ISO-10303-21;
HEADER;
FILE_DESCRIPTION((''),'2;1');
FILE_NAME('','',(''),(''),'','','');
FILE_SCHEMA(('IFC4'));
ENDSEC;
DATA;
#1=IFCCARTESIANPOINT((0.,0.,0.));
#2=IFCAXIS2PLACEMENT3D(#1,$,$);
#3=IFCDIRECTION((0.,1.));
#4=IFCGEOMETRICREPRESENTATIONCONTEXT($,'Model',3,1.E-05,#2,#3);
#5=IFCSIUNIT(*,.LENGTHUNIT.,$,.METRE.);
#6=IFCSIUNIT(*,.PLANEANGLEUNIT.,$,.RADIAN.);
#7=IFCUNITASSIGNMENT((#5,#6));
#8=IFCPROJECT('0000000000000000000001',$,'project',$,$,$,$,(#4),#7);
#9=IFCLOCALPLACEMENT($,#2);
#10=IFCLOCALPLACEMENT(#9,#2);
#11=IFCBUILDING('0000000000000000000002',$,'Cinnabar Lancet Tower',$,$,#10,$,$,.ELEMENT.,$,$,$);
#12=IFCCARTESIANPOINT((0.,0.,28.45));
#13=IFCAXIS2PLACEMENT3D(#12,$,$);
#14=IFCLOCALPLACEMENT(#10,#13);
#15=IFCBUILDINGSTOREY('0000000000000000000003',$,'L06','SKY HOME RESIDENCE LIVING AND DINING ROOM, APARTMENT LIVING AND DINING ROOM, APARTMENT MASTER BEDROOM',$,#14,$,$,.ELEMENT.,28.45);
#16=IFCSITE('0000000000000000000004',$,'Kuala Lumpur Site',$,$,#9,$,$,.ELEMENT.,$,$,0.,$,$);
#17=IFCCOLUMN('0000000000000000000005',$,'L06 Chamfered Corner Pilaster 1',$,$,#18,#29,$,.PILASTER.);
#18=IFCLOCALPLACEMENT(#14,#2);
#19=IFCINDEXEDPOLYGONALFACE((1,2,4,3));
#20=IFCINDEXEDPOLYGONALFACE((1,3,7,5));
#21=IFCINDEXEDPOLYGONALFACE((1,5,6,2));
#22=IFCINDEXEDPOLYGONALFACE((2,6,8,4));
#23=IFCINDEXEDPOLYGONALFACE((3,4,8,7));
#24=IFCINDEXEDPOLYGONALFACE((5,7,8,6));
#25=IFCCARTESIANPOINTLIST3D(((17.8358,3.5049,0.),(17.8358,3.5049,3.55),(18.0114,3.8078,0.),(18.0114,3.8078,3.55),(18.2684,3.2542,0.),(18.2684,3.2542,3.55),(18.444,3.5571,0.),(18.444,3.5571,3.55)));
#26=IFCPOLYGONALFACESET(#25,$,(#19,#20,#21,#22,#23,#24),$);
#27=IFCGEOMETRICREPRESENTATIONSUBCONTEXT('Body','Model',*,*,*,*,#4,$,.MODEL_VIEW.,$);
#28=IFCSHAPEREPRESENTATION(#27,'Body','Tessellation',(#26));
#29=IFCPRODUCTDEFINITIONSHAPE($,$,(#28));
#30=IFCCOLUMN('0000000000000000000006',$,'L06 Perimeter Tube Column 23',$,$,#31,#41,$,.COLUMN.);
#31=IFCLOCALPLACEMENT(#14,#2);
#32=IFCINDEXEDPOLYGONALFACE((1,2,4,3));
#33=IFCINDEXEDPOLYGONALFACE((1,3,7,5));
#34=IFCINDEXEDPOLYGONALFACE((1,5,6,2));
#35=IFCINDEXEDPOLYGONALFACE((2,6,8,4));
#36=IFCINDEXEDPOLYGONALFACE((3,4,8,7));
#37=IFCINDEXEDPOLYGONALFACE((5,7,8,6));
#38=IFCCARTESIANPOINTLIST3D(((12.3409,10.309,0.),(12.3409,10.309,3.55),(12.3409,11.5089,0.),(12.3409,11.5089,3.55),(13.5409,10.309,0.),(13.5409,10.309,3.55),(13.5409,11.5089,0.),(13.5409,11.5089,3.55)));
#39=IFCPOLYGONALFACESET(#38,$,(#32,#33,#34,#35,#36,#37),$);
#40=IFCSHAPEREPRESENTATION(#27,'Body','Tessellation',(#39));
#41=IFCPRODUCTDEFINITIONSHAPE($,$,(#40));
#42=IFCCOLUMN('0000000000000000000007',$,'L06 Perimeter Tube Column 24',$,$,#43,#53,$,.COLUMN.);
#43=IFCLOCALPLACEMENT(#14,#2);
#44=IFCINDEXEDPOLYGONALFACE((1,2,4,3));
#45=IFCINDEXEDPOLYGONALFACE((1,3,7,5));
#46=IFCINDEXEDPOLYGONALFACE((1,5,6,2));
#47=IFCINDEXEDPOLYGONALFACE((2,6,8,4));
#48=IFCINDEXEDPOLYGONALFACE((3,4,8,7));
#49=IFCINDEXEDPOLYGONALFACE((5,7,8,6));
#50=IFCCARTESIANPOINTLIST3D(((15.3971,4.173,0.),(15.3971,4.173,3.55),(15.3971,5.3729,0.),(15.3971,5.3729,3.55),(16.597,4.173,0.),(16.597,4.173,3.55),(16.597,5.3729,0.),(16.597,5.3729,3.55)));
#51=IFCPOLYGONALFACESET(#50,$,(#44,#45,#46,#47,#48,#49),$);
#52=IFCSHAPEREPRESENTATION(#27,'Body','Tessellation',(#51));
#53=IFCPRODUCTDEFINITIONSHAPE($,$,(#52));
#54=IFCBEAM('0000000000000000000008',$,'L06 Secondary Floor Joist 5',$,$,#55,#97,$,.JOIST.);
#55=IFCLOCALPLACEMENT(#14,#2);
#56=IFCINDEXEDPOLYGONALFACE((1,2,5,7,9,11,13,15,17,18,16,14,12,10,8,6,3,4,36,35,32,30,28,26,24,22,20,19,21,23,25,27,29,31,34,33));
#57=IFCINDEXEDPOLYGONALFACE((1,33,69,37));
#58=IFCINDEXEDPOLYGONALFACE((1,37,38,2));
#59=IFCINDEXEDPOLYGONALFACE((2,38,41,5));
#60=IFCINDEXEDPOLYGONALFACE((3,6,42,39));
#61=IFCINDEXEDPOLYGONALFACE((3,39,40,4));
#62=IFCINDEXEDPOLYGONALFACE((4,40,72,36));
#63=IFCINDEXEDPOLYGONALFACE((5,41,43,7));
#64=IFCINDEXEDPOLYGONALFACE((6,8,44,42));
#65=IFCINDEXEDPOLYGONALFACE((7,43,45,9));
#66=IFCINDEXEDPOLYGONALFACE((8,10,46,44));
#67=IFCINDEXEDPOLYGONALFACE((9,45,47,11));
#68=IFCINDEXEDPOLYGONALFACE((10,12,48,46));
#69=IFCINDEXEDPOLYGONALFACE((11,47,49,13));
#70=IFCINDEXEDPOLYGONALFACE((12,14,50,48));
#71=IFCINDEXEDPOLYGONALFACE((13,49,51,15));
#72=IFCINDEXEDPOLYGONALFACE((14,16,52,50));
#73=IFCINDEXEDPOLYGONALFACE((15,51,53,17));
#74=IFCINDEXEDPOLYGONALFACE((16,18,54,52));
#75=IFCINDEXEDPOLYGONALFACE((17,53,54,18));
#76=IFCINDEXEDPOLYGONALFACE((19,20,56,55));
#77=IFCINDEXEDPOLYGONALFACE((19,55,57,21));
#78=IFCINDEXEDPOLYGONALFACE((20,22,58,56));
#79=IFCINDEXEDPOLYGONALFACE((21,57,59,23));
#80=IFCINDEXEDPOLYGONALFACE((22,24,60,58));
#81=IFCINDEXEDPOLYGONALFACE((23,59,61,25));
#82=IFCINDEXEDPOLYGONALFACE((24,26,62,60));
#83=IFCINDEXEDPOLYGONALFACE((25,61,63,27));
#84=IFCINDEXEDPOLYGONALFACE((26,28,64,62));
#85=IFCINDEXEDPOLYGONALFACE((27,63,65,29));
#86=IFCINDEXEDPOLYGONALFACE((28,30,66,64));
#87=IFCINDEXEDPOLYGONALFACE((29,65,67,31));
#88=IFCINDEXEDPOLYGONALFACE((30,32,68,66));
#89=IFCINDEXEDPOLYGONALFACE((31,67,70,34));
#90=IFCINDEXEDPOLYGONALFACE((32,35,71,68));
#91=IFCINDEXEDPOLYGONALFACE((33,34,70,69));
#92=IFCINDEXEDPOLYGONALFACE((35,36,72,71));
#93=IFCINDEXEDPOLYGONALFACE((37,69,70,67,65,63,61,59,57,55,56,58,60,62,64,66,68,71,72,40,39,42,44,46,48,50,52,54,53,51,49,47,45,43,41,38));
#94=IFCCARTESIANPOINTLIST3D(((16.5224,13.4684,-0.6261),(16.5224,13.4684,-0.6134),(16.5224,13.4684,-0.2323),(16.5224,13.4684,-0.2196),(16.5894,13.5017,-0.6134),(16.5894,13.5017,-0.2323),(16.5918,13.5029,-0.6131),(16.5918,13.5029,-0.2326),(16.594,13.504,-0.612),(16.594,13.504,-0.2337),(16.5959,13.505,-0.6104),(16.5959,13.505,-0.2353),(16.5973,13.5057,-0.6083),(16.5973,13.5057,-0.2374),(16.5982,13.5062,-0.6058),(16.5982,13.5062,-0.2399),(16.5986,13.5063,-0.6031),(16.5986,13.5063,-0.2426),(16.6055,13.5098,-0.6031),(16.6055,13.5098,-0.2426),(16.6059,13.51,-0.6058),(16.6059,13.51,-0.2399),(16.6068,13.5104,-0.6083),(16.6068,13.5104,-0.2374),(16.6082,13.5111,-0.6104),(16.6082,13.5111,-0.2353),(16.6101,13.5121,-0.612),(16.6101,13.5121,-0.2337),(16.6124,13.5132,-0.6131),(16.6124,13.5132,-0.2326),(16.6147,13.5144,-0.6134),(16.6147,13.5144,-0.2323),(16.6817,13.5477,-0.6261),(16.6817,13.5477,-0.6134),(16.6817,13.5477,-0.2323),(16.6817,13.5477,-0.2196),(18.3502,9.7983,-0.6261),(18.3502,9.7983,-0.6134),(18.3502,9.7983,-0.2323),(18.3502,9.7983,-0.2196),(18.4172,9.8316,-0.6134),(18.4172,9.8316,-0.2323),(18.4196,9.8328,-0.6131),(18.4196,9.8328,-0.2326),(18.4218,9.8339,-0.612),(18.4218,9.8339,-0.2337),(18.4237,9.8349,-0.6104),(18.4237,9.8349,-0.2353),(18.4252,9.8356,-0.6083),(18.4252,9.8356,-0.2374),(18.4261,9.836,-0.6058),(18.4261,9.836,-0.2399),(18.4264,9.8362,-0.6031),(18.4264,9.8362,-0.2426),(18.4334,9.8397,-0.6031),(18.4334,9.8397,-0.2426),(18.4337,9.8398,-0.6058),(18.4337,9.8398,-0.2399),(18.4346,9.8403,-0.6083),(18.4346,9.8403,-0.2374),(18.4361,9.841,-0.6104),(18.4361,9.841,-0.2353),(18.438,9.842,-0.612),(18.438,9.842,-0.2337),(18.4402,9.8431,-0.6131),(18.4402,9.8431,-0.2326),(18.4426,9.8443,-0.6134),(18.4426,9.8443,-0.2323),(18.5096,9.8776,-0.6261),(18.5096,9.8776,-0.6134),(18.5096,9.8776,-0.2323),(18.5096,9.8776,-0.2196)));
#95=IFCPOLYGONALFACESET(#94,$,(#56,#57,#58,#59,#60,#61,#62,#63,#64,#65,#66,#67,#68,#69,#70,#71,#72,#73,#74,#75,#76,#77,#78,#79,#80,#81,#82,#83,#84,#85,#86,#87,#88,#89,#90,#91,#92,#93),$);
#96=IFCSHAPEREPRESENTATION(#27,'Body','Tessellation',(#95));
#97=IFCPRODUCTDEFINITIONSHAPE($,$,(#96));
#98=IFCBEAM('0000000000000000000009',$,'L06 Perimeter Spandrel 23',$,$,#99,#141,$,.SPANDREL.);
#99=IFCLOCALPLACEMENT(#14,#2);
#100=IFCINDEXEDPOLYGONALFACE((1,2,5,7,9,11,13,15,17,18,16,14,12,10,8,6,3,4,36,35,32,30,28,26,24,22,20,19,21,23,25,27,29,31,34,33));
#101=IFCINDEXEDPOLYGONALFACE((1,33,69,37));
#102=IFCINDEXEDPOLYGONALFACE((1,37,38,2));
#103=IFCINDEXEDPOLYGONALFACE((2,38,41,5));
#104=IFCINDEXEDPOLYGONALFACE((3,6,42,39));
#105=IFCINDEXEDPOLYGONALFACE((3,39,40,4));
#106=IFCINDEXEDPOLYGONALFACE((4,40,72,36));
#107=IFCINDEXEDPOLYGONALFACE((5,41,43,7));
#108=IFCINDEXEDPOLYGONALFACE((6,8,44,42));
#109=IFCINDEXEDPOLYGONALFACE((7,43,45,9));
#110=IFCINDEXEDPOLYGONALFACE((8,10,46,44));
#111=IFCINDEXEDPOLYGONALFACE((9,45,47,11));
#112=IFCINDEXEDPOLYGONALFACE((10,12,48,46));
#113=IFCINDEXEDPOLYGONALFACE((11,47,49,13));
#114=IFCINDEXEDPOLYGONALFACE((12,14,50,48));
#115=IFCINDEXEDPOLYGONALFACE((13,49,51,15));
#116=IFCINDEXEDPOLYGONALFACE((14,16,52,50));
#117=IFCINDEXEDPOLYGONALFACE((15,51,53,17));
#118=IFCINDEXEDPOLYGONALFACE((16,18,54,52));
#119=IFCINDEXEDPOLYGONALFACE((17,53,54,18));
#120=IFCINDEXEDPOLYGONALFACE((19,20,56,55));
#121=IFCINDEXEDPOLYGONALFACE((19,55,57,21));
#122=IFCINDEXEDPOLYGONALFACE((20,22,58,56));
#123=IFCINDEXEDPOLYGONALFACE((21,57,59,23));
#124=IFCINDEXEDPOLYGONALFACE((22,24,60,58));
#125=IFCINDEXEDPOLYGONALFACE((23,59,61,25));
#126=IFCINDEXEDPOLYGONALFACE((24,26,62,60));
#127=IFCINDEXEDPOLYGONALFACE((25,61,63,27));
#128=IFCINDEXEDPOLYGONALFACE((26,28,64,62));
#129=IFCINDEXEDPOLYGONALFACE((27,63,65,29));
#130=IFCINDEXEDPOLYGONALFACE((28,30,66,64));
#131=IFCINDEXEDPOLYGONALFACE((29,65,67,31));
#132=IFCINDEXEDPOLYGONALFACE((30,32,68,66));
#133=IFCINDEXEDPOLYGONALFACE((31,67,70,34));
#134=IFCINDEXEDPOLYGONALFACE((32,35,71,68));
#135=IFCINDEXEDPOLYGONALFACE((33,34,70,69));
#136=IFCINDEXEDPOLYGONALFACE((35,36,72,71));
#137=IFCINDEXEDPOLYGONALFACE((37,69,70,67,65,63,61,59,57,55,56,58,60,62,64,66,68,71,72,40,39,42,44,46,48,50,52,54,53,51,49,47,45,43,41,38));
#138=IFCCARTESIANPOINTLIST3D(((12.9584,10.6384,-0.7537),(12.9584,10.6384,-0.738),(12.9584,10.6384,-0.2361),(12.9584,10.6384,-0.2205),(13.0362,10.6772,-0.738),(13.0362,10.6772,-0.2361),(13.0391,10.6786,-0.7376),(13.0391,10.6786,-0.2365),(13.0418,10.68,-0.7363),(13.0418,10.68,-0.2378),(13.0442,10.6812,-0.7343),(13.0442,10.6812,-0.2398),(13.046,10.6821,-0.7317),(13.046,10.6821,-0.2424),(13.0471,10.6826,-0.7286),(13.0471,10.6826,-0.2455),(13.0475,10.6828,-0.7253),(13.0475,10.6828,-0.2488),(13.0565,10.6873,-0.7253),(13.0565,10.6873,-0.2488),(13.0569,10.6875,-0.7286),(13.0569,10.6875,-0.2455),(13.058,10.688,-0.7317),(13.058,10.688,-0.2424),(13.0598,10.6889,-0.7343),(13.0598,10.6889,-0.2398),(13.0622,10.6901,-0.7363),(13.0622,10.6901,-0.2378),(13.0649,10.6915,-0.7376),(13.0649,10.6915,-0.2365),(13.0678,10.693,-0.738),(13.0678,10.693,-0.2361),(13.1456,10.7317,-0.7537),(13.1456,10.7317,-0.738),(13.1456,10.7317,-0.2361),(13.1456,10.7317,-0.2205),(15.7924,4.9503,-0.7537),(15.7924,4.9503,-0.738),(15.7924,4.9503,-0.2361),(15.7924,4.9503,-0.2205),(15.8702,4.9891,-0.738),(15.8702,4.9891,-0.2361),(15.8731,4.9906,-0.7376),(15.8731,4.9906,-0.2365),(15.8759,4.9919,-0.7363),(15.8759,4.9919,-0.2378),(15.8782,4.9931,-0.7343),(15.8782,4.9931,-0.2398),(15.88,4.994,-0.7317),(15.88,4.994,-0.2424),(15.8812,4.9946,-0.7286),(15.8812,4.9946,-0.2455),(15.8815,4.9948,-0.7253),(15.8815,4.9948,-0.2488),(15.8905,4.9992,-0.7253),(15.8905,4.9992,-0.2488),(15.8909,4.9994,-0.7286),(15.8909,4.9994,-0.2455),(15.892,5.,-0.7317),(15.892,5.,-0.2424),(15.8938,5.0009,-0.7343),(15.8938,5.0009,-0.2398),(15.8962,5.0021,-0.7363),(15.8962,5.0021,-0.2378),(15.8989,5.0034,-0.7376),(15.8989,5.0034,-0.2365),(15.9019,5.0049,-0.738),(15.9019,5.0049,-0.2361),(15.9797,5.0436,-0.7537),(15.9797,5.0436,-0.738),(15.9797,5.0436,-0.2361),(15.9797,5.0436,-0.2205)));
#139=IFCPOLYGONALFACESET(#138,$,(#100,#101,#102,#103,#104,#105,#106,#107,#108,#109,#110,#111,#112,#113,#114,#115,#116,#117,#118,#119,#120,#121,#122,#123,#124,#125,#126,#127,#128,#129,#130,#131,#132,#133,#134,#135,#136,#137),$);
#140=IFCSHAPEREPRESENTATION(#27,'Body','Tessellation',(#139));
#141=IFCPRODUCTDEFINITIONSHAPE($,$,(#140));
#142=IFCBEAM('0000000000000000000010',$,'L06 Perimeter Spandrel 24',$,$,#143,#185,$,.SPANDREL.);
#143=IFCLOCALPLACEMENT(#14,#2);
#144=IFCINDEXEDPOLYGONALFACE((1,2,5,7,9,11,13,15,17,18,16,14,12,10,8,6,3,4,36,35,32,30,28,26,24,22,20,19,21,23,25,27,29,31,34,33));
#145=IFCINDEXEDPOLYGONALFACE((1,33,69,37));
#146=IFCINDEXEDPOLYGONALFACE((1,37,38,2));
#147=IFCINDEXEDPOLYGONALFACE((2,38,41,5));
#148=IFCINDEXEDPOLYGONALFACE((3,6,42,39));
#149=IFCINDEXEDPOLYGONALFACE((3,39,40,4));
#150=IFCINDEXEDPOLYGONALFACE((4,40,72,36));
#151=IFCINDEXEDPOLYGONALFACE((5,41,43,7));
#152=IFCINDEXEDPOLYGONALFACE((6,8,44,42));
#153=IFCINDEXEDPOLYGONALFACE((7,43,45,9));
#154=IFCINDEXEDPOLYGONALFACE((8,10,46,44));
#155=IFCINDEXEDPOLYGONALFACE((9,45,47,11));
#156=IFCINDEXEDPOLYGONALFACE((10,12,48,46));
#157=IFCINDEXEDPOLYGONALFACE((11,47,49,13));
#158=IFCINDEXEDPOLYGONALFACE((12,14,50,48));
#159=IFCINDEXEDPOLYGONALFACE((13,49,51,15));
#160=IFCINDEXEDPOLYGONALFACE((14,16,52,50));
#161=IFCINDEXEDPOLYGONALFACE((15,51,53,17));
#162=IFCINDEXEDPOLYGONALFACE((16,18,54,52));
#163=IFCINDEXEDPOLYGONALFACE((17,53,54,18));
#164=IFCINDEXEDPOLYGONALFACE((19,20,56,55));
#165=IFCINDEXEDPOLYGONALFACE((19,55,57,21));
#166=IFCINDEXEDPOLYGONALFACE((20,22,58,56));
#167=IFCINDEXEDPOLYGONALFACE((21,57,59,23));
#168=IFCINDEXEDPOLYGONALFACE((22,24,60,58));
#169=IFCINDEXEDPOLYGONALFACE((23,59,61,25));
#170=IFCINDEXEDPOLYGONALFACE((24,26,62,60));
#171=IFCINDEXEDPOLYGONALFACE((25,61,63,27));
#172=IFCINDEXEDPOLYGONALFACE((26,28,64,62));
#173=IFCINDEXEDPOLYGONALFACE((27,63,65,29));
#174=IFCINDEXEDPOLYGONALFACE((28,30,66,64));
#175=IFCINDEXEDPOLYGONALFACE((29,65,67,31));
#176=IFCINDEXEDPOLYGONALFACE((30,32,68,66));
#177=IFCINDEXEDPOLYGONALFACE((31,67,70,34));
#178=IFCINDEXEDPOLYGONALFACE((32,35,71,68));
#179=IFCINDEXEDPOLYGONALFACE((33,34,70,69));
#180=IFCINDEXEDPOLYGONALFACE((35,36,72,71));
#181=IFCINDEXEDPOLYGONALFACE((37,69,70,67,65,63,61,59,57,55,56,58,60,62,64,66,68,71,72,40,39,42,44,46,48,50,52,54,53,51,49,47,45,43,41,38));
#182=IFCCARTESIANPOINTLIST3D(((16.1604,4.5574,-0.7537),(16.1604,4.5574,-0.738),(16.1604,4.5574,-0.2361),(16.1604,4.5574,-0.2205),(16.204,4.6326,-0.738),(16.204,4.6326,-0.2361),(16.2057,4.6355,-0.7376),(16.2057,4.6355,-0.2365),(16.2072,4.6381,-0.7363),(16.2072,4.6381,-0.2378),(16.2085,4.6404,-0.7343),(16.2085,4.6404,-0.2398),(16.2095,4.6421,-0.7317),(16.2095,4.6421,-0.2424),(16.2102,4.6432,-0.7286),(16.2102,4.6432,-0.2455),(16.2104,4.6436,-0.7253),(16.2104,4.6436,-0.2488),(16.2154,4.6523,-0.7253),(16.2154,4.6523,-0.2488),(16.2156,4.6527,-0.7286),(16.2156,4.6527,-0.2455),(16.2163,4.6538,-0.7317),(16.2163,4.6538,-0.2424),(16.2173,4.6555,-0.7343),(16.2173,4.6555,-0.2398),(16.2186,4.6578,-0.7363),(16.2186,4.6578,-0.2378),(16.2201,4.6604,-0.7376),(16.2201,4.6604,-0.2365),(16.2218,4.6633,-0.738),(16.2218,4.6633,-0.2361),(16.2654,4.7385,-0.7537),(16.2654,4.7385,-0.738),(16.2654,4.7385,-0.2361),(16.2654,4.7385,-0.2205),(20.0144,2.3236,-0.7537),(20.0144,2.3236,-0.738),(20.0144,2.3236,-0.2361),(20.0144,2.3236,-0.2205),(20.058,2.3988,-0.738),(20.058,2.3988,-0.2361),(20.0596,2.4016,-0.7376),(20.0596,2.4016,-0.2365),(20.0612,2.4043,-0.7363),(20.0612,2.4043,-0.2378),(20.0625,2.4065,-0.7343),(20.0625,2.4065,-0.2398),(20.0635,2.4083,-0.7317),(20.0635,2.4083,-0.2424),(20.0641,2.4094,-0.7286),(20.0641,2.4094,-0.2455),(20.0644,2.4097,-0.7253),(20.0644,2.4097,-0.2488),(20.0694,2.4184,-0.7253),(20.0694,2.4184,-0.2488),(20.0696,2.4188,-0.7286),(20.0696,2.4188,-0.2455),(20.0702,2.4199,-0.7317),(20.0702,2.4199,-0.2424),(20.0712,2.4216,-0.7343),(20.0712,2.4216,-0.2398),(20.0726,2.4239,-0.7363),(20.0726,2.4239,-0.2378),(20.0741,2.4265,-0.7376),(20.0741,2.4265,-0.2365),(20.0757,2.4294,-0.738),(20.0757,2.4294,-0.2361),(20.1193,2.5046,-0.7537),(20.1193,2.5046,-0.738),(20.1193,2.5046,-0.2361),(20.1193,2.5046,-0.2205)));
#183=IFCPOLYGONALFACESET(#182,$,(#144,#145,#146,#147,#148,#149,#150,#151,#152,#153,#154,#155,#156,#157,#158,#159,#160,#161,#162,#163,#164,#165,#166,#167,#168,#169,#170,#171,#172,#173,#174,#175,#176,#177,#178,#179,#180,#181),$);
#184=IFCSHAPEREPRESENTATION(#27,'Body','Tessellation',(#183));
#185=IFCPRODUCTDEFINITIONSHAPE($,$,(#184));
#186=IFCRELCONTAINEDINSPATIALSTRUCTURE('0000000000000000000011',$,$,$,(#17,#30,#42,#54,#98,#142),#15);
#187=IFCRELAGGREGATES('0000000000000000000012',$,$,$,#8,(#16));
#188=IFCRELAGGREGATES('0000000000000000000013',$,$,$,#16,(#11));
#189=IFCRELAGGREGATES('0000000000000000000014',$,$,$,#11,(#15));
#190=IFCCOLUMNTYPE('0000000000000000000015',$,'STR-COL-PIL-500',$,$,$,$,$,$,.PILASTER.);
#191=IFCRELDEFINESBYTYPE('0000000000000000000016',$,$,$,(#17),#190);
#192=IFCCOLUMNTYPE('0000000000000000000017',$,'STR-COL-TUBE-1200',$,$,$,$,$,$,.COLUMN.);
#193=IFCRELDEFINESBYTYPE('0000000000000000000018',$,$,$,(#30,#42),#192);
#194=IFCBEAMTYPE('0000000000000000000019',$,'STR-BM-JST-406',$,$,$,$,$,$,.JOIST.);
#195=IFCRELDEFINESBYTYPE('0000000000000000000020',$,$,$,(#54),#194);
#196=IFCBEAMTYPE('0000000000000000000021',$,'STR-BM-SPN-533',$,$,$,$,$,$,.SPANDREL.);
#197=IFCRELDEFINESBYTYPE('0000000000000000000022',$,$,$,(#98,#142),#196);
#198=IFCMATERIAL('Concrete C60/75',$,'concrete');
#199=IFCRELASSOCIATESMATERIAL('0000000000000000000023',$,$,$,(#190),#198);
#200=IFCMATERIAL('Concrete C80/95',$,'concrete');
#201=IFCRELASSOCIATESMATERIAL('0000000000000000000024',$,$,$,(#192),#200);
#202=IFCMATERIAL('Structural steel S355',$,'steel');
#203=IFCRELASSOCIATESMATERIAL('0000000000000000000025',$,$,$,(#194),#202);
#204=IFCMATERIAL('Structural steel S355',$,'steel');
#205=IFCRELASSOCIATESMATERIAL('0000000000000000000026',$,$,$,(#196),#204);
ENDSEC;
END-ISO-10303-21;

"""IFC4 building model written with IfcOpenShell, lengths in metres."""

from ifc_helpers import new_model, si_unit, direction, frame, origin, origin_2d, place, context, subcontext, project, spatial, rectangle, i_section, extrude, material, material_profile, profile_set, type_object, element, save


model = new_model("IFC4")

# Units and contexts
model_context = context("Model", 3, precision=1e-05, world=origin(), true_north=direction((0.0, 1.0)))
body_context = subcontext(model_context, "Body", "Model", "MODEL_VIEW")
ifc_project = project(units=[si_unit("LENGTHUNIT", "METRE"), si_unit("PLANEANGLEUNIT", "RADIAN")], contexts=[model_context])

# Site, building, storey
site_placement = place(None, origin())
site = spatial("IfcSite", under=ifc_project, at=site_placement, Name="Kuala Lumpur Site", CompositionType="ELEMENT", RefElevation=0.0)
building_placement = place(site_placement, origin())
building = spatial("IfcBuilding", under=site, at=building_placement, Name="Cinnabar Lancet Tower", CompositionType="ELEMENT")
storey_placement = place(building_placement, frame((0.0, 0.0, 28.45)))
storey = spatial("IfcBuildingStorey", under=building, at=storey_placement, Name="L06", Description="SKY HOME RESIDENCE LIVING AND DINING ROOM, APARTMENT LIVING AND DINING ROOM, APARTMENT MASTER BEDROOM", CompositionType="ELEMENT", Elevation=28.45)

# Columns
ifc_material_1 = material(Name="Concrete C60/75", Category="concrete")
ifc_material_profile_1 = material_profile(ifc_material_1, rectangle(XDim=0.5, YDim=0.3501, at=origin_2d()), Name="RC-PIL 500x350")
ifc_profile_set_1 = profile_set([ifc_material_profile_1], Name="Concrete C60/75")
column_type_1 = type_object("IfcColumnType", Name="STR-COL-PIL-500", PredefinedType="PILASTER", material=ifc_profile_set_1)
column_placement = place(storey_placement, frame((18.1399, 3.531, 0.0), z_axis=(0.0, 0.0, 1.0), x_axis=(0.865195, -0.501435, 0.0)))
element("IfcColumn", 1, at=column_placement, inside=storey, type_object=column_type_1, Name="L06 Chamfered Corner Pilaster 1", PredefinedType="PILASTER", context=body_context, shape_type="SweptSolid", body=[
    extrude(rectangle(XDim=0.5, YDim=0.3501, at=origin_2d()), origin(), (0.0, 0.0, 1.0), 3.55),
])
ifc_material_2 = material(Name="Concrete C80/95", Category="concrete")
ifc_material_profile_2 = material_profile(ifc_material_2, rectangle(XDim=1.2, YDim=1.2, at=origin_2d()), Name="RC-COL 1200x1200")
ifc_profile_set_2 = profile_set([ifc_material_profile_2], Name="Concrete C80/95")
column_type_2 = type_object("IfcColumnType", Name="STR-COL-TUBE-1200", PredefinedType="COLUMN", material=ifc_profile_set_2)
for number, where, z_axis, x_axis, name in (
    (2, (12.9409, 10.9089, 0.0), (0.0, 0.0, 1.0), (1.0, 0.0, 0.0), "L06 Perimeter Tube Column 23"),
    (3, (15.9971, 4.7729, 0.0), (0.0, 0.0, 1.0), (1.0, 0.0, 0.0), "L06 Perimeter Tube Column 24"),
):
    element("IfcColumn", number, at=place(storey_placement, frame(where, z_axis=z_axis, x_axis=x_axis)), inside=storey, type_object=column_type_2, Name=name, PredefinedType="COLUMN", context=body_context, shape_type="SweptSolid", body=[
        extrude(rectangle(XDim=1.2, YDim=1.2, at=origin_2d()), origin(), (0.0, 0.0, 1.0), 3.55),
    ])

# Beams
ifc_material_3 = material(Name="Structural steel S355", Category="steel")
ifc_material_profile_3 = material_profile(ifc_material_3, i_section(OverallWidth=0.178, OverallDepth=0.4065, WebThickness=0.0078, FlangeThickness=0.0127, FilletRadius=0.0103, at=origin_2d()), Name="UKB 406x178x60")
ifc_profile_set_3 = profile_set([ifc_material_profile_3], Name="Structural steel S355")
beam_type_1 = type_object("IfcBeamType", Name="STR-BM-JST-406", PredefinedType="JOIST", material=ifc_profile_set_3)
beam_1_placement = place(storey_placement, frame((16.6021, 13.5081, -0.4229), z_axis=(0.445808, -0.895129, 0.0), x_axis=(0.895129, 0.445808, 0.0)))
element("IfcBeam", 4, at=beam_1_placement, inside=storey, type_object=beam_type_1, Name="L06 Secondary Floor Joist 5", PredefinedType="JOIST", context=body_context, shape_type="SweptSolid", body=[
    extrude(i_section(OverallWidth=0.178, OverallDepth=0.4065, WebThickness=0.0078, FlangeThickness=0.0127, FilletRadius=0.0103, at=origin_2d()), origin(), (0.0, 0.0, 1.0), 4.1001),
])
ifc_material_4 = material(Name="Structural steel S355", Category="steel")
ifc_material_profile_4 = material_profile(ifc_material_4, i_section(OverallWidth=0.2092, OverallDepth=0.5332, WebThickness=0.01, FlangeThickness=0.0156, FilletRadius=0.0127, at=origin_2d()), Name="UKB 533x210x92")
ifc_profile_set_4 = profile_set([ifc_material_profile_4], Name="Structural steel S355")
beam_type_2 = type_object("IfcBeamType", Name="STR-BM-SPN-533", PredefinedType="SPANDREL", material=ifc_profile_set_4)
beam_2_placement = place(storey_placement, frame((13.052, 10.6851, -0.4871), z_axis=(0.445953, -0.895056, 0.0), x_axis=(0.895056, 0.445953, 0.0)))
element("IfcBeam", 5, at=beam_2_placement, inside=storey, type_object=beam_type_2, Name="L06 Perimeter Spandrel 23", PredefinedType="SPANDREL", context=body_context, shape_type="SweptSolid", body=[
    extrude(i_section(OverallWidth=0.2092, OverallDepth=0.5332, WebThickness=0.01, FlangeThickness=0.0156, FilletRadius=0.0127, at=origin_2d()), origin(), (0.0, 0.0, 1.0), 6.355),
])
beam_3_placement = place(storey_placement, frame((16.2129, 4.6479, -0.4871), z_axis=(0.865171, -0.501477, 0.0), x_axis=(0.501477, 0.865171, 0.0)))
element("IfcBeam", 6, at=beam_3_placement, inside=storey, type_object=beam_type_2, Name="L06 Perimeter Spandrel 24", PredefinedType="SPANDREL", context=body_context, shape_type="SweptSolid", body=[
    extrude(i_section(OverallWidth=0.2092, OverallDepth=0.5332, WebThickness=0.01, FlangeThickness=0.0156, FilletRadius=0.0127, at=origin_2d()), origin(), (0.0, 0.0, 1.0), 4.4546),
])

save(model, "model.ifc")
